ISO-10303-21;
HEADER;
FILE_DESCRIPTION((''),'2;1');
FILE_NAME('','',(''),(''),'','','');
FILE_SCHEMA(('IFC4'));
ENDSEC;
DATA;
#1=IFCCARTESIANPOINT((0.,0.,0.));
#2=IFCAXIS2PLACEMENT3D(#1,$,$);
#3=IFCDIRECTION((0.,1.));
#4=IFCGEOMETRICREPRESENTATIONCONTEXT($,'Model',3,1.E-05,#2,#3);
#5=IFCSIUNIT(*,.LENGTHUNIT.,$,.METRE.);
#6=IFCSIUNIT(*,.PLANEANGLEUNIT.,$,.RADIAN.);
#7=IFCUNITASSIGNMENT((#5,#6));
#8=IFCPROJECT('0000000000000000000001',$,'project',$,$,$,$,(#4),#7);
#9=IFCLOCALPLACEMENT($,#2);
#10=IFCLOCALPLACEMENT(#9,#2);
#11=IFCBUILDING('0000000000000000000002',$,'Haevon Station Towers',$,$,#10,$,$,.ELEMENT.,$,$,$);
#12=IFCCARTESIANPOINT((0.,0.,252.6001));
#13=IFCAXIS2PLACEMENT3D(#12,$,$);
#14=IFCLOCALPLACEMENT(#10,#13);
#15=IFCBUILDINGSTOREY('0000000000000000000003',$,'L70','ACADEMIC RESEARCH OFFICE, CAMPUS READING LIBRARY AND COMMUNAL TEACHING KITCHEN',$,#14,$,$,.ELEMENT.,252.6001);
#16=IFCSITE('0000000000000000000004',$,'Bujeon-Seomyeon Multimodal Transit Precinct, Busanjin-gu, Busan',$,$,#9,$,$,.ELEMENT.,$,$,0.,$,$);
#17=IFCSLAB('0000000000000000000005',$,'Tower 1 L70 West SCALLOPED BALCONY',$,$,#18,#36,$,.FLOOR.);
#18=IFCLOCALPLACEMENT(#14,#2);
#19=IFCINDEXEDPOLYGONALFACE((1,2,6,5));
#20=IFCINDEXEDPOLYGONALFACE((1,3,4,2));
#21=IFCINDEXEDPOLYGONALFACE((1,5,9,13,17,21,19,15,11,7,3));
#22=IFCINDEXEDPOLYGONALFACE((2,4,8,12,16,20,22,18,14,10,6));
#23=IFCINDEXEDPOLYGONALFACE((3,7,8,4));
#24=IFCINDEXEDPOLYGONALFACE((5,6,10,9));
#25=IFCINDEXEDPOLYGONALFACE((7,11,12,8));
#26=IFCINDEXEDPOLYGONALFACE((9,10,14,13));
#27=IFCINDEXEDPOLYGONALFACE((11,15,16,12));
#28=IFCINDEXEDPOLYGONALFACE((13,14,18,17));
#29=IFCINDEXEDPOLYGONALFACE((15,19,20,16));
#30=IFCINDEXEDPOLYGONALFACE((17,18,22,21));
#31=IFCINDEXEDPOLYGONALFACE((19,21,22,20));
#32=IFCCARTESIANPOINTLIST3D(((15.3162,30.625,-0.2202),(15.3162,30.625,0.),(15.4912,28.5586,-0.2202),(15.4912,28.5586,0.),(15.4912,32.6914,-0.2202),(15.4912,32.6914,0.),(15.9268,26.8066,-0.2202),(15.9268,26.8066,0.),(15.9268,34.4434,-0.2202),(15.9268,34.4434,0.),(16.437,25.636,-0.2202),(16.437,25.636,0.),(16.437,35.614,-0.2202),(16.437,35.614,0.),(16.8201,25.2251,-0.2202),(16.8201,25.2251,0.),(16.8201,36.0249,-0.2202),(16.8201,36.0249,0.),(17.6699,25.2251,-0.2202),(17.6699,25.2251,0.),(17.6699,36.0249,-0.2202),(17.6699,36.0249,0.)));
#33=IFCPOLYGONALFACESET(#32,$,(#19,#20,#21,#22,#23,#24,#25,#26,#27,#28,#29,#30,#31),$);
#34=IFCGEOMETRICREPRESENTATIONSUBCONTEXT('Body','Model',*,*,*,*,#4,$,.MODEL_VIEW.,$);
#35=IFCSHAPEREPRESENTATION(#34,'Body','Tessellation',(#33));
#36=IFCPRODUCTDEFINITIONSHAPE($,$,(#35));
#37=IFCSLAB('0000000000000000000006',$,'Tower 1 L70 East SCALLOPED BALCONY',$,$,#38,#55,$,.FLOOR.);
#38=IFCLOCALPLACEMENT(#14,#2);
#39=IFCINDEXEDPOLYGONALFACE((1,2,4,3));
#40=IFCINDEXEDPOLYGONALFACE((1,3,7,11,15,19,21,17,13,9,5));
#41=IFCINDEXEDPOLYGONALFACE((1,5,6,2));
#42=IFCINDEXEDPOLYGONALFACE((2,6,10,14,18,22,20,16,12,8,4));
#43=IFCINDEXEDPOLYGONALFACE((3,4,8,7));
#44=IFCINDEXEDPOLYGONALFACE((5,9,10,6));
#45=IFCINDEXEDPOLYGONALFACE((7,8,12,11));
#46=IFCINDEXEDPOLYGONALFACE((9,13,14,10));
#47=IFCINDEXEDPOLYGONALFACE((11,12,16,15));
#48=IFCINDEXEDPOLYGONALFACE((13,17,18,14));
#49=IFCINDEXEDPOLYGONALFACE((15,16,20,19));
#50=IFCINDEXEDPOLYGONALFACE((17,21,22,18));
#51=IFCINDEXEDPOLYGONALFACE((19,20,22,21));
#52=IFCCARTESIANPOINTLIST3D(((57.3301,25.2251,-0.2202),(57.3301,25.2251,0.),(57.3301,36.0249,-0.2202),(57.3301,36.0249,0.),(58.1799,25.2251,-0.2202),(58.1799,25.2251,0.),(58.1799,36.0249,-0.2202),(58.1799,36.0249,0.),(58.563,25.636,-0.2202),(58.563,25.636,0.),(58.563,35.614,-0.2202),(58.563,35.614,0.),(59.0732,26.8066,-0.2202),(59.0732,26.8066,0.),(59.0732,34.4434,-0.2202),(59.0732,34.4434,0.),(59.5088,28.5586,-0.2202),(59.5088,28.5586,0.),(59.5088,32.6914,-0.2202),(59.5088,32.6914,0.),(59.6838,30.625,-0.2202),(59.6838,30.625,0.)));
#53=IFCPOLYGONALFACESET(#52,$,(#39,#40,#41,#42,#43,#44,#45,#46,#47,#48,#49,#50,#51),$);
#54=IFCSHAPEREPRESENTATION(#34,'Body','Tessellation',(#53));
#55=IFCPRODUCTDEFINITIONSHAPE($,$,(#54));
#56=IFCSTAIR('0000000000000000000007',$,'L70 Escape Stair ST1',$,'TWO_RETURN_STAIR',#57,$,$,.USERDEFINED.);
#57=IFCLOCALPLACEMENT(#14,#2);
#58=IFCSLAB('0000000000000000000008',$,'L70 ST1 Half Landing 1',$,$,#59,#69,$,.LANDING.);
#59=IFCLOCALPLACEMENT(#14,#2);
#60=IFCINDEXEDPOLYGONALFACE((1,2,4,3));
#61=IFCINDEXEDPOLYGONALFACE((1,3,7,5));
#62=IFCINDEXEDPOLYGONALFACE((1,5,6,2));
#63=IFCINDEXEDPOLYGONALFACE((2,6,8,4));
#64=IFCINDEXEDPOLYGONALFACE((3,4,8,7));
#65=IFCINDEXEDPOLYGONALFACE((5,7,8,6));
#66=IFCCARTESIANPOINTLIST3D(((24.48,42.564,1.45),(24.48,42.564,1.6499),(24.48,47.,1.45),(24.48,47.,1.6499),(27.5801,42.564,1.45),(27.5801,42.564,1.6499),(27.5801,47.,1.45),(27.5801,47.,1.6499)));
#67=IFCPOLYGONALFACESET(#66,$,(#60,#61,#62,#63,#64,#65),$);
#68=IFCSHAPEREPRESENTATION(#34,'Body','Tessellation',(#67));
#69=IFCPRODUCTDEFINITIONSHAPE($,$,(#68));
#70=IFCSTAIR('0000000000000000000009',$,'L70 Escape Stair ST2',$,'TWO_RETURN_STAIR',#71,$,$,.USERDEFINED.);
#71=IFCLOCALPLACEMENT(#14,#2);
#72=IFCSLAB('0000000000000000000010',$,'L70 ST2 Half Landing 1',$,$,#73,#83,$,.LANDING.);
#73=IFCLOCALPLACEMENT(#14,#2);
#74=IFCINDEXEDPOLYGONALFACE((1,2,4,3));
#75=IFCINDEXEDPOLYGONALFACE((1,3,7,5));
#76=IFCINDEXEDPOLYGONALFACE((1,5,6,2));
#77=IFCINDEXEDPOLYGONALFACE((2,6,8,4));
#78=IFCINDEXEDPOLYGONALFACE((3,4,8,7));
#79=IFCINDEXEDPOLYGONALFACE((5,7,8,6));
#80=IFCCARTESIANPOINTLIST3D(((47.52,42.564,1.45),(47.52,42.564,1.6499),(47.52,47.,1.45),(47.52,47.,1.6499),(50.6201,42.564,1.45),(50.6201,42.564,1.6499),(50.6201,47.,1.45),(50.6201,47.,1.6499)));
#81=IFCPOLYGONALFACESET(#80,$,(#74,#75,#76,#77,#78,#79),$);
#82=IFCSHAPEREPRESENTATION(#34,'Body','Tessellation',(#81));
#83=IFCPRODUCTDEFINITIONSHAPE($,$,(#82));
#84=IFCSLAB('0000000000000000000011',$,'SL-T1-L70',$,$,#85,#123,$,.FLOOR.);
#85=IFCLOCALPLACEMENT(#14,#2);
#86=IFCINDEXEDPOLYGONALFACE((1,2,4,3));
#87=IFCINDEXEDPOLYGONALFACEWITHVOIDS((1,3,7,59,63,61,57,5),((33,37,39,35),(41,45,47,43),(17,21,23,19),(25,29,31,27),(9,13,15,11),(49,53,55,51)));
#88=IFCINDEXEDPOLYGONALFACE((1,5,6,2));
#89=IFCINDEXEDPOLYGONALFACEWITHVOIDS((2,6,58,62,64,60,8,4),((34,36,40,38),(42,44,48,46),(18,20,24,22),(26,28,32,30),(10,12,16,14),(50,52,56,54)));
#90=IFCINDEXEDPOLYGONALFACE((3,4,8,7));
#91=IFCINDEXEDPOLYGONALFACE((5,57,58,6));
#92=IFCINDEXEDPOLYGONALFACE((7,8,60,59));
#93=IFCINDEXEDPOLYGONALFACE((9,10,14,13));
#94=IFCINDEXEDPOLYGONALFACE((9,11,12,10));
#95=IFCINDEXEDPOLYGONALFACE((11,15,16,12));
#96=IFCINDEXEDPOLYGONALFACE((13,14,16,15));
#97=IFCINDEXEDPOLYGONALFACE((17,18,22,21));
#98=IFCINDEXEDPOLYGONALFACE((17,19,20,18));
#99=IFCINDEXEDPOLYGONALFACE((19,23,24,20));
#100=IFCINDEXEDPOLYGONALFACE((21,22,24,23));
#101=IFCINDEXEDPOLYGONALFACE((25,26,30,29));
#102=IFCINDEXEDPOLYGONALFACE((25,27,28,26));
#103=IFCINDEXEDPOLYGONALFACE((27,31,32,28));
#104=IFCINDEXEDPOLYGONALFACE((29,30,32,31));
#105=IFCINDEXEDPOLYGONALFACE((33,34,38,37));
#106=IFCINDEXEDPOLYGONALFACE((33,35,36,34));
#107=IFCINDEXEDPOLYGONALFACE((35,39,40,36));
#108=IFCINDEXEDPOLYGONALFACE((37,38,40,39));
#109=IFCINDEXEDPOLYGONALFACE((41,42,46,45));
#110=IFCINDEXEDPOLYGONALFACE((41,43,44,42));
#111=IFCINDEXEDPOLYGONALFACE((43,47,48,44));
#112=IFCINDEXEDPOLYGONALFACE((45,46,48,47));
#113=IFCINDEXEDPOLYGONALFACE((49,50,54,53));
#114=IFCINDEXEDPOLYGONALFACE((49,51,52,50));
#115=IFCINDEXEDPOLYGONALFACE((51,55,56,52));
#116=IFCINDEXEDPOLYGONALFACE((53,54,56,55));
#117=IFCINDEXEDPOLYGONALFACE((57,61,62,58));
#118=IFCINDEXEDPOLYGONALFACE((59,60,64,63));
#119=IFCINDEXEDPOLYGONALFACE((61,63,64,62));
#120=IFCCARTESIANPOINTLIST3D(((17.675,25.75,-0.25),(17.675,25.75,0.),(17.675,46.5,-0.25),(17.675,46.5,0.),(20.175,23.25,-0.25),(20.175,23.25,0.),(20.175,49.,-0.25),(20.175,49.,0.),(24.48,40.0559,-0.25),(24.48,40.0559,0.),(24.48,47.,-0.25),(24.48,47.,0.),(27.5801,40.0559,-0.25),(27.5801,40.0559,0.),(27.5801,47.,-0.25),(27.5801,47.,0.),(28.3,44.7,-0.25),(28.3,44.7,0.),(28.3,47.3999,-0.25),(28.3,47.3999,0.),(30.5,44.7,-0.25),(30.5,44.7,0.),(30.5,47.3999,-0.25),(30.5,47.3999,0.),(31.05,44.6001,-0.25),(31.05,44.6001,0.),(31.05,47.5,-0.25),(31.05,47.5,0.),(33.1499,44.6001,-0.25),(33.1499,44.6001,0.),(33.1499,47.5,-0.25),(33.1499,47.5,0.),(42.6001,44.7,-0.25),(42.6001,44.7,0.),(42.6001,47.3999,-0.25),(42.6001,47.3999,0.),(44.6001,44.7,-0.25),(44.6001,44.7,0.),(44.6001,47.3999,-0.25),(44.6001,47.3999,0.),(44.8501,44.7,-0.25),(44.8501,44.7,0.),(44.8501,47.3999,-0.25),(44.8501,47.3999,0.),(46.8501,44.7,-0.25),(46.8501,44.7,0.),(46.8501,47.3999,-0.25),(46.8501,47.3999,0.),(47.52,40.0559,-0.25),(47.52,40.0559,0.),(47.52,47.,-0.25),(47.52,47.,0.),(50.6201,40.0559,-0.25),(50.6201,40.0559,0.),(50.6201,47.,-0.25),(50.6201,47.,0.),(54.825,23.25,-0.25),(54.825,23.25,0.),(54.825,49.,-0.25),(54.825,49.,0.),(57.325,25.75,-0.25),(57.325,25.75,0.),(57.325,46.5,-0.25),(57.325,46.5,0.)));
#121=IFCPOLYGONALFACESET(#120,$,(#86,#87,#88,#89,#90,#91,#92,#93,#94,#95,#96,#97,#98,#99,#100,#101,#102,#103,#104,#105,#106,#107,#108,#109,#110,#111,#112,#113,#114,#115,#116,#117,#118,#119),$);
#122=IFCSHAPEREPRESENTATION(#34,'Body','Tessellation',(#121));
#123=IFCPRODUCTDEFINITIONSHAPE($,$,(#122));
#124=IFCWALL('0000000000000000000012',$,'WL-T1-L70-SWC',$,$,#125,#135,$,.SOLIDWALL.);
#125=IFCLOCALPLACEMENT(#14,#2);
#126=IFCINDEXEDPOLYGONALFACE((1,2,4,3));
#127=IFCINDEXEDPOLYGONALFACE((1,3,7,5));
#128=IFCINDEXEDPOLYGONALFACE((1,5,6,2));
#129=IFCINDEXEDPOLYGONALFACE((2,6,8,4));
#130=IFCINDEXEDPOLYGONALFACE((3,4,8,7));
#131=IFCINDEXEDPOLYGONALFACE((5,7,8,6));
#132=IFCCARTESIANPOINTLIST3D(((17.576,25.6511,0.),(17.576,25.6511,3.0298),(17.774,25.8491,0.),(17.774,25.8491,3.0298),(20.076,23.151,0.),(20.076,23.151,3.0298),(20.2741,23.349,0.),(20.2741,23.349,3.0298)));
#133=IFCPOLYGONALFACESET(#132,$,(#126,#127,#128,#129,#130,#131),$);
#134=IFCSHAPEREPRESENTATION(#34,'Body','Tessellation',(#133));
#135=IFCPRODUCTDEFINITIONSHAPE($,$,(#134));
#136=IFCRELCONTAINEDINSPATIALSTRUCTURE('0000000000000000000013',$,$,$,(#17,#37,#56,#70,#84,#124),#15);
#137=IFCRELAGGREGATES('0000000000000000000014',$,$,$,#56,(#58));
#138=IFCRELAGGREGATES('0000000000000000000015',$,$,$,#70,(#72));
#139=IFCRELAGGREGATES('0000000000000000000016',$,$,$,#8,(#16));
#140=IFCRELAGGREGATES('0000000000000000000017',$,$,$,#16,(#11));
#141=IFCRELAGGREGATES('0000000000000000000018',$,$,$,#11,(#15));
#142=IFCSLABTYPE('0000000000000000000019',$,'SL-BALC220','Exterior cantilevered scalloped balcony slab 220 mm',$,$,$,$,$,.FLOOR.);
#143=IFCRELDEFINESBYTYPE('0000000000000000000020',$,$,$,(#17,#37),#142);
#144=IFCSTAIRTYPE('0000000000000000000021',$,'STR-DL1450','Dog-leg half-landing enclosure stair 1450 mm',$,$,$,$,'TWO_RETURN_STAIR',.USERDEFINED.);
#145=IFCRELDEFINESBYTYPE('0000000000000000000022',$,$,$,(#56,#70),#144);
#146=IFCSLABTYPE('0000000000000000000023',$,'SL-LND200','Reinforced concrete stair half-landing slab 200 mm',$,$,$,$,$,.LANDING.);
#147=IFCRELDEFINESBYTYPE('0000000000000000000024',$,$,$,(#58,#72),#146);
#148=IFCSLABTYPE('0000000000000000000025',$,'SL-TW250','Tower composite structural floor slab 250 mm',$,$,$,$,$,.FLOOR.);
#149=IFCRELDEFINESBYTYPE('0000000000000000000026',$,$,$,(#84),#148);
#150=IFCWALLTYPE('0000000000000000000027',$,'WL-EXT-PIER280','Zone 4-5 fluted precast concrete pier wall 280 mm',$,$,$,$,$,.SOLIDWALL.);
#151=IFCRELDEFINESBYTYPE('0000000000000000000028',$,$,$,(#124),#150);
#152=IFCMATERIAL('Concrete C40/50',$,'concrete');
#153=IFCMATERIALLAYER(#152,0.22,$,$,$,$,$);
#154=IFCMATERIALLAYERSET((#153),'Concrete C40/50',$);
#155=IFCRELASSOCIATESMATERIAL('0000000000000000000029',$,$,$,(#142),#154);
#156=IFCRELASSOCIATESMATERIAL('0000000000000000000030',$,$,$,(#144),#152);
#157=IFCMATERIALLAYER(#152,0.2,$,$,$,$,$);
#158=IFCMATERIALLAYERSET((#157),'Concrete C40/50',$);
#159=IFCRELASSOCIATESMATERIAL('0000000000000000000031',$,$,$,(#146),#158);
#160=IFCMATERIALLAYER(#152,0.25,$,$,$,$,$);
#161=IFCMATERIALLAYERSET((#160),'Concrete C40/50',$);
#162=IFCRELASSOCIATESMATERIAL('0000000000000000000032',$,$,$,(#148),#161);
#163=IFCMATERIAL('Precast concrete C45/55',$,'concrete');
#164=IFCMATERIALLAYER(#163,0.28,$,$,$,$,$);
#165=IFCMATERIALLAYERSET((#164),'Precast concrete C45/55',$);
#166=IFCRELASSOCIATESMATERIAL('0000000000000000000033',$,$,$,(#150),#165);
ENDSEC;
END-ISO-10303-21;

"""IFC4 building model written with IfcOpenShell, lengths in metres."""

from ifc_helpers import new_model, si_unit, direction, frame, frame_2d, origin, place, context, subcontext, project, spatial, polyline, rectangle, outline, extrude, material, layer, layer_set, type_object, element, aggregate, save


model = new_model("IFC4")

# Units and contexts
model_context = context("Model", 3, precision=1e-05, world=origin(), true_north=direction((0.0, 1.0)))
body_context = subcontext(model_context, "Body", "Model", "MODEL_VIEW")
ifc_project = project(units=[si_unit("LENGTHUNIT", "METRE"), si_unit("PLANEANGLEUNIT", "RADIAN")], contexts=[model_context])

# Site, building, storey
site_placement = place(None, origin())
site = spatial("IfcSite", under=ifc_project, at=site_placement, Name="Bujeon-Seomyeon Multimodal Transit Precinct, Busanjin-gu, Busan", CompositionType="ELEMENT", RefElevation=0.0)
building_placement = place(site_placement, origin())
building = spatial("IfcBuilding", under=site, at=building_placement, Name="Haevon Station Towers", CompositionType="ELEMENT")
storey_placement = place(building_placement, frame((0.0, 0.0, 252.6001)))
storey = spatial("IfcBuildingStorey", under=building, at=storey_placement, Name="L70", Description="ACADEMIC RESEARCH OFFICE, CAMPUS READING LIBRARY AND COMMUNAL TEACHING KITCHEN", CompositionType="ELEMENT", Elevation=252.6001)

# Slabs
ifc_material_1 = material(Name="Concrete C40/50", Category="concrete")
ifc_layer_1 = layer(ifc_material_1, 0.22)
ifc_layer_set_1 = layer_set([ifc_layer_1], Name="Concrete C40/50")
slab_type_1 = type_object("IfcSlabType", Name="SL-BALC220", Description="Exterior cantilevered scalloped balcony slab 220 mm", PredefinedType="FLOOR", material=ifc_layer_set_1)
slab_1_placement = place(storey_placement, frame((0.0, 0.0, -0.2202)))
element("IfcSlab", 1, at=slab_1_placement, inside=storey, type_object=slab_type_1, Name="Tower 1 L70 West SCALLOPED BALCONY", PredefinedType="FLOOR", context=body_context, shape_type="SweptSolid", body=[
    extrude(outline(polyline([(17.6699, 36.0249), (16.8201, 36.0249), (16.437, 35.614), (15.9268, 34.4434), (15.4912, 32.6914), (15.3162, 30.625), (15.4912, 28.5586), (15.9268, 26.8066), (16.437, 25.636), (16.8201, 25.2251), (17.6699, 25.2251), (17.6699, 36.0249)])), origin(), (0.0, 0.0, 1.0), 0.2202),
])
slab_2_placement = place(storey_placement, frame((0.0, 0.0, -0.2202)))
element("IfcSlab", 2, at=slab_2_placement, inside=storey, type_object=slab_type_1, Name="Tower 1 L70 East SCALLOPED BALCONY", PredefinedType="FLOOR", context=body_context, shape_type="SweptSolid", body=[
    extrude(outline(polyline([(57.3301, 25.2251), (58.1799, 25.2251), (58.563, 25.636), (59.0732, 26.8066), (59.5088, 28.5586), (59.6838, 30.625), (59.5088, 32.6914), (59.0732, 34.4434), (58.563, 35.614), (58.1799, 36.0249), (57.3301, 36.0249), (57.3301, 25.2251)])), origin(), (0.0, 0.0, 1.0), 0.2202),
])

# Stairs, slabs
stair_type = type_object("IfcStairType", Name="STR-DL1450", Description="Dog-leg half-landing enclosure stair 1450 mm", ElementType="TWO_RETURN_STAIR", PredefinedType="USERDEFINED", material=ifc_material_1)
stair_1_placement = place(storey_placement, origin())
stair_1 = element("IfcStair", 3, at=stair_1_placement, inside=storey, type_object=stair_type, Name="L70 Escape Stair ST1", ObjectType="TWO_RETURN_STAIR", PredefinedType="USERDEFINED")
ifc_layer_2 = layer(ifc_material_1, 0.2)
ifc_layer_set_2 = layer_set([ifc_layer_2], Name="Concrete C40/50")
slab_type_2 = type_object("IfcSlabType", Name="SL-LND200", Description="Reinforced concrete stair half-landing slab 200 mm", PredefinedType="LANDING", material=ifc_layer_set_2)
slab_3_placement = place(storey_placement, frame((0.0, 0.0, 1.45)))
slab_3 = element("IfcSlab", 4, at=slab_3_placement, type_object=slab_type_2, Name="L70 ST1 Half Landing 1", PredefinedType="LANDING", context=body_context, shape_type="SweptSolid", body=[
    extrude(outline(polyline([(27.5801, 42.564), (27.5801, 47.0), (24.48, 47.0), (24.48, 42.564), (27.5801, 42.564)])), origin(), (0.0, 0.0, 1.0), 0.2),
])
aggregate(stair_1, [slab_3])
stair_2_placement = place(storey_placement, origin())
stair_2 = element("IfcStair", 5, at=stair_2_placement, inside=storey, type_object=stair_type, Name="L70 Escape Stair ST2", ObjectType="TWO_RETURN_STAIR", PredefinedType="USERDEFINED")
slab_4_placement = place(storey_placement, frame((0.0, 0.0, 1.45)))
slab_4 = element("IfcSlab", 6, at=slab_4_placement, type_object=slab_type_2, Name="L70 ST2 Half Landing 1", PredefinedType="LANDING", context=body_context, shape_type="SweptSolid", body=[
    extrude(outline(polyline([(50.6201, 42.564), (50.6201, 47.0), (47.52, 47.0), (47.52, 42.564), (50.6201, 42.564)])), origin(), (0.0, 0.0, 1.0), 0.2),
])
aggregate(stair_2, [slab_4])

# Slab
ifc_layer_3 = layer(ifc_material_1, 0.25)
ifc_layer_set_3 = layer_set([ifc_layer_3], Name="Concrete C40/50")
slab_type_3 = type_object("IfcSlabType", Name="SL-TW250", Description="Tower composite structural floor slab 250 mm", PredefinedType="FLOOR", material=ifc_layer_set_3)
slab_5_placement = place(storey_placement, frame((0.0, 0.0, -0.25)))
element("IfcSlab", 7, at=slab_5_placement, inside=storey, type_object=slab_type_3, Name="SL-T1-L70", PredefinedType="FLOOR", context=body_context, shape_type="SweptSolid", body=[
    extrude(outline(polyline([(20.175, 23.25), (54.825, 23.25), (57.325, 25.75), (57.325, 46.5), (54.825, 49.0), (20.175, 49.0), (17.675, 46.5), (17.675, 25.75), (20.175, 23.25)]), holes=[polyline([(27.5801, 40.0559), (27.5801, 47.0), (24.48, 47.0), (24.48, 40.0559), (27.5801, 40.0559)]), polyline([(50.6201, 40.0559), (50.6201, 47.0), (47.52, 47.0), (47.52, 40.0559), (50.6201, 40.0559)]), polyline([(28.3, 44.7), (30.5, 44.7), (30.5, 47.3999), (28.3, 47.3999), (28.3, 44.7)]), polyline([(31.05, 44.6001), (33.1499, 44.6001), (33.1499, 47.5), (31.05, 47.5), (31.05, 44.6001)]), polyline([(42.6001, 44.7), (44.6001, 44.7), (44.6001, 47.3999), (42.6001, 47.3999), (42.6001, 44.7)]), polyline([(44.8501, 44.7), (46.8501, 44.7), (46.8501, 47.3999), (44.8501, 47.3999), (44.8501, 44.7)])]), origin(), (0.0, 0.0, 1.0), 0.25),
])

# Wall
ifc_material_2 = material(Name="Precast concrete C45/55", Category="concrete")
ifc_layer_4 = layer(ifc_material_2, 0.28)
ifc_layer_set_4 = layer_set([ifc_layer_4], Name="Precast concrete C45/55")
wall_type = type_object("IfcWallType", Name="WL-EXT-PIER280", Description="Zone 4-5 fluted precast concrete pier wall 280 mm", PredefinedType="SOLIDWALL", material=ifc_layer_set_4)
wall_1_placement = place(storey_placement, frame((20.175, 23.25, 0.0), z_axis=(0.0, 0.0, 1.0), x_axis=(-0.707107, 0.707107, 0.0)))
element("IfcWall", 8, at=wall_1_placement, inside=storey, type_object=wall_type, Name="WL-T1-L70-SWC", PredefinedType="SOLIDWALL", context=body_context, shape_type="SweptSolid", body=[
    extrude(rectangle(XDim=3.5356, YDim=0.28, at=frame_2d((1.7678, 0.0))), origin(), (0.0, 0.0, 1.0), 3.0298),
])

save(model, "model.ifc")
